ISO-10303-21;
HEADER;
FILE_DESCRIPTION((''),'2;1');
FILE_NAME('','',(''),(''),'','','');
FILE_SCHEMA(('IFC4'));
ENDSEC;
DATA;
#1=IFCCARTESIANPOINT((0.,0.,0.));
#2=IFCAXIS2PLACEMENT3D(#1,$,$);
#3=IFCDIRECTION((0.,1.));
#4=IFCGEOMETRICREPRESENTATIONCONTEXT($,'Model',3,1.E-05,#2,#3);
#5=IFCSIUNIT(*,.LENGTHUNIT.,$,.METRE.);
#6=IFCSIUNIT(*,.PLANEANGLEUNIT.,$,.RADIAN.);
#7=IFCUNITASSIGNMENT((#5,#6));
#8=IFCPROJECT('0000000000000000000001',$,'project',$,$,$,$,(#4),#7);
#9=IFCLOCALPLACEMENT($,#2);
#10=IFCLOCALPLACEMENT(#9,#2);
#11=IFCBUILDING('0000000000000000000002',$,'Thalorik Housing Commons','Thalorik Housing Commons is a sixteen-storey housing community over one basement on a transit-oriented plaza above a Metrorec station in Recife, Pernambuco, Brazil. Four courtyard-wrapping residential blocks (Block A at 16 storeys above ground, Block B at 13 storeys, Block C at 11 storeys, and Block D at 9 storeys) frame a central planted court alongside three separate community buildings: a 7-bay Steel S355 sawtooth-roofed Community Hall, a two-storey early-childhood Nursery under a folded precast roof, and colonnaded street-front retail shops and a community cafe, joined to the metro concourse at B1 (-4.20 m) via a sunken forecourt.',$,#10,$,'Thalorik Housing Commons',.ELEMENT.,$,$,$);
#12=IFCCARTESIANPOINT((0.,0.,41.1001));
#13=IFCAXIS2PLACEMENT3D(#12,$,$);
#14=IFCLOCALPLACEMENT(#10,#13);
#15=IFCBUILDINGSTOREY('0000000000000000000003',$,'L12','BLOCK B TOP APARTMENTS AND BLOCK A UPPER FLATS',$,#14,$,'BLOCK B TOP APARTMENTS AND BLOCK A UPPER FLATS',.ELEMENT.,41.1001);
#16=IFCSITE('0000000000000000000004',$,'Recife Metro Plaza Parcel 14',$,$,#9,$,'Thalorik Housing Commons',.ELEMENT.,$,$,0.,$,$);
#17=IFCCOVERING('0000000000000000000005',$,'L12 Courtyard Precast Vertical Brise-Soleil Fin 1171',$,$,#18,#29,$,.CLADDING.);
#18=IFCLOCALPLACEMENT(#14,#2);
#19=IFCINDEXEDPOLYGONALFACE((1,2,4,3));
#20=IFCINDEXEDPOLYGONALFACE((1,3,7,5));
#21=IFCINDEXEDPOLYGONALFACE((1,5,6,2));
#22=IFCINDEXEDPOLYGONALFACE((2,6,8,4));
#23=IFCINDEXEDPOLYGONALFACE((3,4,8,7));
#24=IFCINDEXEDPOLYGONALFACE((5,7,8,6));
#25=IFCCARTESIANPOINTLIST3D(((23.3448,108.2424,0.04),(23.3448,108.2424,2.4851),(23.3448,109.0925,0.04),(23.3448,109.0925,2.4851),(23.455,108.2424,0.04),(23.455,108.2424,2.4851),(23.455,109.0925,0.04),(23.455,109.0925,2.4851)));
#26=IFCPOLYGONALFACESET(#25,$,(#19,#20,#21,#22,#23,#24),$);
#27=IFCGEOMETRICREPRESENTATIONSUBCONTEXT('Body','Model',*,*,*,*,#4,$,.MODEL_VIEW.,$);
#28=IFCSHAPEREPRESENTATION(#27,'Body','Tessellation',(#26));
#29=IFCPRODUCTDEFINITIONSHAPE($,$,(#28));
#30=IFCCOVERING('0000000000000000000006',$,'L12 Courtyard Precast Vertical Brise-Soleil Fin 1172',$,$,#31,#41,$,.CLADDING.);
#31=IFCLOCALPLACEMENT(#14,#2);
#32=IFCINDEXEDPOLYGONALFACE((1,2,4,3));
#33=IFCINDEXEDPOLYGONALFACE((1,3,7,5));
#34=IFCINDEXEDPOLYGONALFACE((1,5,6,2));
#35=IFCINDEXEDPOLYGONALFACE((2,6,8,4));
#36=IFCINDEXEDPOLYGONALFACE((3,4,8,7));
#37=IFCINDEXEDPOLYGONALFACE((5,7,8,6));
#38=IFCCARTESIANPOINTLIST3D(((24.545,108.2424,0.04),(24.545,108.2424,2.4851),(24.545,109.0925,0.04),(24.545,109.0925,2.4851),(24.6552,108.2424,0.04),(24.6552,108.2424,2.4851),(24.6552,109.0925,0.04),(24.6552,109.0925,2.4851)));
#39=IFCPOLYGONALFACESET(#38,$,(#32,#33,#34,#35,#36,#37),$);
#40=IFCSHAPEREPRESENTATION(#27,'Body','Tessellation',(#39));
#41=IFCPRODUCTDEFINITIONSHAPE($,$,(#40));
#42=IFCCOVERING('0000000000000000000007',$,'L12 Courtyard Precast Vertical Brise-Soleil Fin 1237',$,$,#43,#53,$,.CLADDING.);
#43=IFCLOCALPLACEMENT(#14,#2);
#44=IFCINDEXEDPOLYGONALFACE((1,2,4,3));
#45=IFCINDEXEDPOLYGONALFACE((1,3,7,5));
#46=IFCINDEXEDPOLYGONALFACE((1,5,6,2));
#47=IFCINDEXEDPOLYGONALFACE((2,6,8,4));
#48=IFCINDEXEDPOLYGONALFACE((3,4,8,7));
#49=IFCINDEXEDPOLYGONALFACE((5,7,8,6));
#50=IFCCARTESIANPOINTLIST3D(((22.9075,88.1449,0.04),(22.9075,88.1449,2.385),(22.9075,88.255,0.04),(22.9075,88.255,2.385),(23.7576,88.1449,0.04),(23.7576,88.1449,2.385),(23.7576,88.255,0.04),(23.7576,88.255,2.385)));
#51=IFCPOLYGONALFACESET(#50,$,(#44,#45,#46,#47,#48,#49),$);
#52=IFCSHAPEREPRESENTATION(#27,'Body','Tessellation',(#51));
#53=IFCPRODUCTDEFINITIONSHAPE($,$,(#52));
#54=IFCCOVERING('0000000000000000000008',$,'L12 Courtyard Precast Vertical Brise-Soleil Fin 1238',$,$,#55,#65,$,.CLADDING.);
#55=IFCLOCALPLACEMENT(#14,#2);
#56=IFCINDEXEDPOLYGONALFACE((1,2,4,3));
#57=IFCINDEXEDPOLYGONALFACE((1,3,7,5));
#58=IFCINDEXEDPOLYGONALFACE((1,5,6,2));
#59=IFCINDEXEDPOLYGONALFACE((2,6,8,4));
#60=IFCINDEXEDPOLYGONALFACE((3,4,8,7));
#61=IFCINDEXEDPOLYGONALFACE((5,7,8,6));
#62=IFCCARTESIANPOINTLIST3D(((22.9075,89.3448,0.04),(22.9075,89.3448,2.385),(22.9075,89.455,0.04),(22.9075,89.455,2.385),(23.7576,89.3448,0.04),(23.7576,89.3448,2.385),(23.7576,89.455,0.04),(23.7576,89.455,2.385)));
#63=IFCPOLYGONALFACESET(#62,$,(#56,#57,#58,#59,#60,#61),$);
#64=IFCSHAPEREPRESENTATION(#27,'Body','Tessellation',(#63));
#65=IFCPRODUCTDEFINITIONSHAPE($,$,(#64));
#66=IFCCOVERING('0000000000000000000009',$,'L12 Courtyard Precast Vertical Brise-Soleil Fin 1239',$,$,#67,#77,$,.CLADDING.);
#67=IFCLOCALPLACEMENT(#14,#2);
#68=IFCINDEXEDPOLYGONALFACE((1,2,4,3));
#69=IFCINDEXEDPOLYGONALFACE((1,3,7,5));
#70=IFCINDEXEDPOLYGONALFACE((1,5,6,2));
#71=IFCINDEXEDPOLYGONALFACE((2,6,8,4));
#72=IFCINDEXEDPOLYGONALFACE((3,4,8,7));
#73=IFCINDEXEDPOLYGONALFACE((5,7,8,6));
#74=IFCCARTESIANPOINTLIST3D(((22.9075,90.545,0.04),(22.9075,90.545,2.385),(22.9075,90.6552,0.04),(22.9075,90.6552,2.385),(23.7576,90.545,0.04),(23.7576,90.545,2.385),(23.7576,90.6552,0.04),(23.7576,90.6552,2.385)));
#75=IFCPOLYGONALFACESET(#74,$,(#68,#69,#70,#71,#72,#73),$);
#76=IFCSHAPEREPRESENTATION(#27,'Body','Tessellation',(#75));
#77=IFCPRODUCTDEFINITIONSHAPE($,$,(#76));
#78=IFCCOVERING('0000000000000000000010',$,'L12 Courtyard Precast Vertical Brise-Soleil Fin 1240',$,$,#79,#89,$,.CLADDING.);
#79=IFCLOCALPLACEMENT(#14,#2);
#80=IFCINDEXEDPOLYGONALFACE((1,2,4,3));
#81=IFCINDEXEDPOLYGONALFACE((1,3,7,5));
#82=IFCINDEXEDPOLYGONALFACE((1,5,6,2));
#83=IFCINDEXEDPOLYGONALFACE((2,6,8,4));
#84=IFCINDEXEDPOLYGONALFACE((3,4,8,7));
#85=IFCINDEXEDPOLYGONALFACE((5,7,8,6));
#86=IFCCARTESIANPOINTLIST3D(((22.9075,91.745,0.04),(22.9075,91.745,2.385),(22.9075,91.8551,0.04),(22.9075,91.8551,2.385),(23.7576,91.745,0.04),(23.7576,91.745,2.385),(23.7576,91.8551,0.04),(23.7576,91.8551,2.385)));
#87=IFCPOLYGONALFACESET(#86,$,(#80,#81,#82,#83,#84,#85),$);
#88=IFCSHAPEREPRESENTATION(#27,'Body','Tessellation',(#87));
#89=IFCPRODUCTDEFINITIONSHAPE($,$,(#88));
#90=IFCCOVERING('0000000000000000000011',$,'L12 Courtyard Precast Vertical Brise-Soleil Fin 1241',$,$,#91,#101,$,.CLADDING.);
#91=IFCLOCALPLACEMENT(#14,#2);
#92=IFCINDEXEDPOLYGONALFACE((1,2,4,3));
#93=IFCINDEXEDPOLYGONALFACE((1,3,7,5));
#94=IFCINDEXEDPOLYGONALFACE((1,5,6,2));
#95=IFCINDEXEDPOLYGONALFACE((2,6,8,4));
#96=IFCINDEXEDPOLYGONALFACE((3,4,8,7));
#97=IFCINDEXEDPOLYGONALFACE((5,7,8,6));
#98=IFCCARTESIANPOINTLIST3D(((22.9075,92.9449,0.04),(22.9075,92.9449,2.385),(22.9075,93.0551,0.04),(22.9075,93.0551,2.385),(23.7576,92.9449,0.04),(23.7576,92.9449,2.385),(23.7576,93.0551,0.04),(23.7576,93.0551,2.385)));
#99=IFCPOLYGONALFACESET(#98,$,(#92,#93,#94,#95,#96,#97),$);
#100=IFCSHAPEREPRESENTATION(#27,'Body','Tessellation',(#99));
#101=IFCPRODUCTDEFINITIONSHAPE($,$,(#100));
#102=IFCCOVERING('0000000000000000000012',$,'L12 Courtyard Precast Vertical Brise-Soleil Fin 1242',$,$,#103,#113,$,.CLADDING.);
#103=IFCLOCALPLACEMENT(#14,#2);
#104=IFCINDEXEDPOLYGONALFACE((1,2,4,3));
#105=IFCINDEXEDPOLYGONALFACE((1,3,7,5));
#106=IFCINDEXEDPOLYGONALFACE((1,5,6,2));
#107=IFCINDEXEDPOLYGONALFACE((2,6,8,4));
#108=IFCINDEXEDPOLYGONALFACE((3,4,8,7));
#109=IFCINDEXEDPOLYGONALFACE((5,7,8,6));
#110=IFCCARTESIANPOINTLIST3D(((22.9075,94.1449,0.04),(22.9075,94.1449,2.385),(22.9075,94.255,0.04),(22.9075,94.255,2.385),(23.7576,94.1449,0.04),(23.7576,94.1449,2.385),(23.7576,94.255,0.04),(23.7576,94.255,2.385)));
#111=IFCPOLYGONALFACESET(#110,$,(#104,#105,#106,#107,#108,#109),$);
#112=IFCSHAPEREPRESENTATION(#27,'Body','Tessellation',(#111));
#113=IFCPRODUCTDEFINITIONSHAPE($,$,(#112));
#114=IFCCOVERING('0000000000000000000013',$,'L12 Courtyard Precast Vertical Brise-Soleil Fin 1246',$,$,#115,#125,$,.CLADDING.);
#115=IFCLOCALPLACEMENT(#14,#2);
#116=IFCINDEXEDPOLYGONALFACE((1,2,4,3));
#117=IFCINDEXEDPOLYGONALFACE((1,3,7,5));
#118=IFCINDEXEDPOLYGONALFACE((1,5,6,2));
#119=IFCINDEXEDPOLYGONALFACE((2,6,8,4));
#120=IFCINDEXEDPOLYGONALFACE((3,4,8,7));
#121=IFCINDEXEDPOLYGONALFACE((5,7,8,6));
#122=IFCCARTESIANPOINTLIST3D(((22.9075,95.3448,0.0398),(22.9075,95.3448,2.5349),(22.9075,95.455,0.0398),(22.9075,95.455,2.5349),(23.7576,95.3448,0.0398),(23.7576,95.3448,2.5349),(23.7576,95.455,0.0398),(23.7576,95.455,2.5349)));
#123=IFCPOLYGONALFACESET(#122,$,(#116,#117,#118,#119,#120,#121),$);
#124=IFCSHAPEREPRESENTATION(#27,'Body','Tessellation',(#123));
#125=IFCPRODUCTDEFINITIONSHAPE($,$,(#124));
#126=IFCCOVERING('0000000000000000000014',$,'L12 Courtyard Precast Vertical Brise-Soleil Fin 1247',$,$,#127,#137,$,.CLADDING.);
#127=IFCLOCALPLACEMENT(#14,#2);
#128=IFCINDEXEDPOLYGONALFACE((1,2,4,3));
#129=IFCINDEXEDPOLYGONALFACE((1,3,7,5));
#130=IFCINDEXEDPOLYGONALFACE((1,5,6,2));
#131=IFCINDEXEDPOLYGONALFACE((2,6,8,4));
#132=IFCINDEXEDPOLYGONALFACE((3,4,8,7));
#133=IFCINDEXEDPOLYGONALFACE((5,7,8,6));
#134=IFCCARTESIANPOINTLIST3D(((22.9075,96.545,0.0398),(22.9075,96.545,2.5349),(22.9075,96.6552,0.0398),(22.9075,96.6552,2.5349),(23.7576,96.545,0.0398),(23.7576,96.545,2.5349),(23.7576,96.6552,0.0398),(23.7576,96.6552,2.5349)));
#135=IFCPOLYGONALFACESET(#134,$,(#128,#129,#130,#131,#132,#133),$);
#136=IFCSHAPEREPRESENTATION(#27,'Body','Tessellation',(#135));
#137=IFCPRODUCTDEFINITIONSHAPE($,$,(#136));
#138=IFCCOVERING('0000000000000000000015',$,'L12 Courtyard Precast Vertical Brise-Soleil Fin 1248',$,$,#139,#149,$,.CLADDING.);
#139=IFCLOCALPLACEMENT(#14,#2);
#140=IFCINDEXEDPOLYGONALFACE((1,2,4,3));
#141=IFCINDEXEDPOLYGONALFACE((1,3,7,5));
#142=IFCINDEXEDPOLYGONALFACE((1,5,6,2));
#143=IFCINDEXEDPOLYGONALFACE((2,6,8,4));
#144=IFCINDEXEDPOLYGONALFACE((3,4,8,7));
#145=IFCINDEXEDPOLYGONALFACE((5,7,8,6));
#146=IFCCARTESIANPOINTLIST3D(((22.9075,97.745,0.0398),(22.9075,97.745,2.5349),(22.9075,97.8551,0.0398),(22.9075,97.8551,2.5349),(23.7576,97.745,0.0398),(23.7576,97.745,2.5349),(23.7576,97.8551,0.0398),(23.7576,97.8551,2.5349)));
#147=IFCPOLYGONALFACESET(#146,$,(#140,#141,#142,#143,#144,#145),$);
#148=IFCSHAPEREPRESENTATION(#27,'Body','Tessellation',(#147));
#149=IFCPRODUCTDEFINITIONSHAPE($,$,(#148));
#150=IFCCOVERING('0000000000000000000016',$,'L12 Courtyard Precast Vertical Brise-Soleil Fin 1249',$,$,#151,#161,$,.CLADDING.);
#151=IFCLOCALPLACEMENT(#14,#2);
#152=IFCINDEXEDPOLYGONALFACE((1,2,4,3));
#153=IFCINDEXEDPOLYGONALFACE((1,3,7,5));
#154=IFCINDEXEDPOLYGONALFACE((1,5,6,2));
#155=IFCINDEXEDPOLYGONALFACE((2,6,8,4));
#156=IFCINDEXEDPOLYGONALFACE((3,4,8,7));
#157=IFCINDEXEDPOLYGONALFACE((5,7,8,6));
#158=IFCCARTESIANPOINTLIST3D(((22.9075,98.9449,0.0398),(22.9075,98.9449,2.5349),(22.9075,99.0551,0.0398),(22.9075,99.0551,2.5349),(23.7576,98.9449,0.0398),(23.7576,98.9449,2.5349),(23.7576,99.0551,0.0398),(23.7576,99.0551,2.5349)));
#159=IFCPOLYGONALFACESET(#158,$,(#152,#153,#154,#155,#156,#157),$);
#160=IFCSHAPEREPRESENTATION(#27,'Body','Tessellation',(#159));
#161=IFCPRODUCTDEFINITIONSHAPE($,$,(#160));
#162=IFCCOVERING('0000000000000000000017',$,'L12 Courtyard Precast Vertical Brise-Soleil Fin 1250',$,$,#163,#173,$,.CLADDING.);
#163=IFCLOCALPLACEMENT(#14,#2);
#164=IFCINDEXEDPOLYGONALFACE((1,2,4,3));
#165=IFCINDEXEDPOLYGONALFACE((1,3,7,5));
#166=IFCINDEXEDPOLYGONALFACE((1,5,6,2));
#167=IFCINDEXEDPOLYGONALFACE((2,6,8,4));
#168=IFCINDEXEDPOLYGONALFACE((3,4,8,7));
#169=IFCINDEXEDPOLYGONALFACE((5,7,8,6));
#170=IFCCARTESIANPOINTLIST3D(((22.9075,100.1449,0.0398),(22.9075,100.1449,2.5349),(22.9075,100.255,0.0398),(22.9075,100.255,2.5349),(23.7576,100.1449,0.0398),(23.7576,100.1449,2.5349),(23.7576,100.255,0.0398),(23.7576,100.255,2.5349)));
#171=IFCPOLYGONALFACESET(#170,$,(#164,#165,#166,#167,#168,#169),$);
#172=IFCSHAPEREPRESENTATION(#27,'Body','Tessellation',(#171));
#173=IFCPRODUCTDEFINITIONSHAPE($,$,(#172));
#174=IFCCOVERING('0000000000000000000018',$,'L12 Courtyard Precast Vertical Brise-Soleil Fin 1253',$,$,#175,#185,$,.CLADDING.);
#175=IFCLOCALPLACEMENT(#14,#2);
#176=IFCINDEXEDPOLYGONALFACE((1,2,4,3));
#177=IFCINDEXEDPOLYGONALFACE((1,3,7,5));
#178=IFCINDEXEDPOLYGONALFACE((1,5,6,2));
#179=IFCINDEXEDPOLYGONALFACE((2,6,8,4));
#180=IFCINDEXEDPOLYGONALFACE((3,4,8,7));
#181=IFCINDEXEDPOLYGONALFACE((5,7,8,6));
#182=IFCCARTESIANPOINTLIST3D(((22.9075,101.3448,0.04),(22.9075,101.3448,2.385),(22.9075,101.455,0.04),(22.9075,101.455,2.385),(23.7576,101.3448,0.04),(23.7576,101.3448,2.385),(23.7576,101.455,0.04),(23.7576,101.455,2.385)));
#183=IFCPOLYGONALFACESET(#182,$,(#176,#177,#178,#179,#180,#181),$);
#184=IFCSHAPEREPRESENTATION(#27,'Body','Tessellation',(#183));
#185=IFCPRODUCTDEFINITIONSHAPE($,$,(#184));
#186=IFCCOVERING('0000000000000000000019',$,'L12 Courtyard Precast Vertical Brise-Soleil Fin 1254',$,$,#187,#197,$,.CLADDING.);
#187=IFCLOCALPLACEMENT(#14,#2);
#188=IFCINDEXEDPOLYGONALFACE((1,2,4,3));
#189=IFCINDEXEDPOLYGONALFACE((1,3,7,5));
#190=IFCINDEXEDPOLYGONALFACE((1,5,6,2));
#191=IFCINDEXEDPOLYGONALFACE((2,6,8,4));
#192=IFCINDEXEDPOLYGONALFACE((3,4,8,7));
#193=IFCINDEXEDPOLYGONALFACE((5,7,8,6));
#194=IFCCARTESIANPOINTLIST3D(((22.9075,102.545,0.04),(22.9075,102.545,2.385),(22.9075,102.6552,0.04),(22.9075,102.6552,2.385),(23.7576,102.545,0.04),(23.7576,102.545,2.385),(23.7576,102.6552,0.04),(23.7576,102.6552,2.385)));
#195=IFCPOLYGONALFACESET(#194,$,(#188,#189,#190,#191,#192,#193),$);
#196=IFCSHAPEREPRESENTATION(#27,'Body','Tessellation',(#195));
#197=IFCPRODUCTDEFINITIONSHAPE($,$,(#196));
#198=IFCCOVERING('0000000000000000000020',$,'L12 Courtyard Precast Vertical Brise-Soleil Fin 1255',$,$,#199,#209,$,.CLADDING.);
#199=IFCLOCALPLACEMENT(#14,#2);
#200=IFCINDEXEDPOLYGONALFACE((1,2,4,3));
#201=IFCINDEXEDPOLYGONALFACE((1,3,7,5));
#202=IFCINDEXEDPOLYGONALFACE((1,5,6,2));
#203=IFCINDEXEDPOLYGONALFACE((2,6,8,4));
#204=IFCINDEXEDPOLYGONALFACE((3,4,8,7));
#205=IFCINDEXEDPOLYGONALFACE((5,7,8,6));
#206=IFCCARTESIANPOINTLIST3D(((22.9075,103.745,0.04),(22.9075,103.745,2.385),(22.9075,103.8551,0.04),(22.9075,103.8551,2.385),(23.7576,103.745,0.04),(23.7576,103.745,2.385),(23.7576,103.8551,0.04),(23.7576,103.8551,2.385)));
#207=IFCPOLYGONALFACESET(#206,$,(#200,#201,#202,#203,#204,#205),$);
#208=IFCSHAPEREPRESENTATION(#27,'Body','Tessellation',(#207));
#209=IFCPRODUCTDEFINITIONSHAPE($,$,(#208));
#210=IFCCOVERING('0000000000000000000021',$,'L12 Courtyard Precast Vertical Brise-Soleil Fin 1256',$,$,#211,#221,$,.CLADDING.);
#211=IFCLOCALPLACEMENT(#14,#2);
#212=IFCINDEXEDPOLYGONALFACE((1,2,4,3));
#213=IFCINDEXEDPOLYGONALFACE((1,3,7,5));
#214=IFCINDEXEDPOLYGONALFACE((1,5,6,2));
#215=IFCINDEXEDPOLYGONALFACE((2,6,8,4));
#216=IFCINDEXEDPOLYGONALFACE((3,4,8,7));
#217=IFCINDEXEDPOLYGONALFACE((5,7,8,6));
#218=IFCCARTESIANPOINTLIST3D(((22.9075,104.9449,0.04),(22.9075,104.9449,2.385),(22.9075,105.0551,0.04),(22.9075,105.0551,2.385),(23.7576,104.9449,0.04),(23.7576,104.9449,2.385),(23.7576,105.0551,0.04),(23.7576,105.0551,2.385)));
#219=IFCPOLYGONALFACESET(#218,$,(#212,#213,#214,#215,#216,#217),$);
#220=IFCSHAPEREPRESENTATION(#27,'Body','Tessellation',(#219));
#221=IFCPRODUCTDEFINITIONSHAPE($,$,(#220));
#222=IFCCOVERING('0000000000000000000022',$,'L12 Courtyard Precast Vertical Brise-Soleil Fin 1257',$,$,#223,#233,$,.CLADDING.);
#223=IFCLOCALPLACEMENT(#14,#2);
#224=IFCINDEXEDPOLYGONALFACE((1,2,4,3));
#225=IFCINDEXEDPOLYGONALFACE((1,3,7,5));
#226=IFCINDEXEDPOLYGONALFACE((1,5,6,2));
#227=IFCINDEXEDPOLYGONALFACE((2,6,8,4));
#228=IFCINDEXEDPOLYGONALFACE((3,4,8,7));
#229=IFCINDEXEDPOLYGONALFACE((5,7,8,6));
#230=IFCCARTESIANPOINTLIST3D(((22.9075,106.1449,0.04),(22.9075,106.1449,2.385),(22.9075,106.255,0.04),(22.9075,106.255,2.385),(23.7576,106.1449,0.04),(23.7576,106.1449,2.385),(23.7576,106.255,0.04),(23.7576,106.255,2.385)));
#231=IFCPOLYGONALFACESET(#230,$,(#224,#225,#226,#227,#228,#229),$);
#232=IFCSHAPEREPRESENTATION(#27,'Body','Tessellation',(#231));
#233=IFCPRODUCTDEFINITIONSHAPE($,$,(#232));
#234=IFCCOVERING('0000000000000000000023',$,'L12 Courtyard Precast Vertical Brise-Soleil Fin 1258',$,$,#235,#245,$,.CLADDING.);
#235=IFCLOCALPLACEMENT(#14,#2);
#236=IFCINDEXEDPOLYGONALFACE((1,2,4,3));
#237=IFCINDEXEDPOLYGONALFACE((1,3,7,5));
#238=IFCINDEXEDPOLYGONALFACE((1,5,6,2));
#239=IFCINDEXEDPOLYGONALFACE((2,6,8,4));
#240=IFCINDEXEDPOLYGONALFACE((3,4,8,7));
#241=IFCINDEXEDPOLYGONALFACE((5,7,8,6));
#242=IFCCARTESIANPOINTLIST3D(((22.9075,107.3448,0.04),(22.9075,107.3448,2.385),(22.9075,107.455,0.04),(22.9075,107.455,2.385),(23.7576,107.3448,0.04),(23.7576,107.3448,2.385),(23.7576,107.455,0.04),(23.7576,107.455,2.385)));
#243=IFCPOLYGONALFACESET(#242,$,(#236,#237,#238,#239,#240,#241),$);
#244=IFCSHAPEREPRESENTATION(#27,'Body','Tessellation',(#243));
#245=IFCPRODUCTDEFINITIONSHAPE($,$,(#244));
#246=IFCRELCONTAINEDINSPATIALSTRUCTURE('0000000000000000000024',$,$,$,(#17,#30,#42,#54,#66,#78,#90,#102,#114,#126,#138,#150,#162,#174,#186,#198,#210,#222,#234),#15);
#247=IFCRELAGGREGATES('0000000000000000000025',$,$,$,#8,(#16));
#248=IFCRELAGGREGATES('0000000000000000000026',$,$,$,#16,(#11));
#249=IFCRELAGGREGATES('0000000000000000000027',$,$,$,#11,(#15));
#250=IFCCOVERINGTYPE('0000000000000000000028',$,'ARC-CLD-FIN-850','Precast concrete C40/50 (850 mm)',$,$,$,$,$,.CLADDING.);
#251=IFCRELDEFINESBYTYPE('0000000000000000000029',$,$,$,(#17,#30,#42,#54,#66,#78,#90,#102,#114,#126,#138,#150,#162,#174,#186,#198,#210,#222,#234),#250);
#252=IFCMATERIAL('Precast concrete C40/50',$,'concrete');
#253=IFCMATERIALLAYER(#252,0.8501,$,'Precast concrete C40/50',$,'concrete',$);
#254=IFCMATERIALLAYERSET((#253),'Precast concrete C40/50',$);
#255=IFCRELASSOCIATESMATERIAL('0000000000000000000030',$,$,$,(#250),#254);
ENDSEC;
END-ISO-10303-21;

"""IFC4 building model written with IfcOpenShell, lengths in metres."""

from ifc_helpers import new_model, si_unit, direction, frame, origin, origin_2d, place, context, subcontext, project, spatial, rectangle, extrude, material, layer, layer_set, type_object, element, save


model = new_model("IFC4")

# Units and contexts
model_context = context("Model", 3, precision=1e-05, world=origin(), true_north=direction((0.0, 1.0)))
body_context = subcontext(model_context, "Body", "Model", "MODEL_VIEW")
ifc_project = project(units=[si_unit("LENGTHUNIT", "METRE"), si_unit("PLANEANGLEUNIT", "RADIAN")], contexts=[model_context])

# Site, building, storey
site_placement = place(None, origin())
site = spatial("IfcSite", under=ifc_project, at=site_placement, Name="Recife Metro Plaza Parcel 14", LongName="Thalorik Housing Commons", CompositionType="ELEMENT", RefElevation=0.0)
building_placement = place(site_placement, origin())
building = spatial("IfcBuilding", under=site, at=building_placement, Name="Thalorik Housing Commons", Description="Thalorik Housing Commons is a sixteen-storey housing community over one basement on a transit-oriented plaza above a Metrorec station in Recife, Pernambuco, Brazil. Four courtyard-wrapping residential blocks (Block A at 16 storeys above ground, Block B at 13 storeys, Block C at 11 storeys, and Block D at 9 storeys) frame a central planted court alongside three separate community buildings: a 7-bay Steel S355 sawtooth-roofed Community Hall, a two-storey early-childhood Nursery under a folded precast roof, and colonnaded street-front retail shops and a community cafe, joined to the metro concourse at B1 (-4.20 m) via a sunken forecourt.", LongName="Thalorik Housing Commons", CompositionType="ELEMENT")
storey_placement = place(building_placement, frame((0.0, 0.0, 41.1001)))
storey = spatial("IfcBuildingStorey", under=building, at=storey_placement, Name="L12", Description="BLOCK B TOP APARTMENTS AND BLOCK A UPPER FLATS", LongName="BLOCK B TOP APARTMENTS AND BLOCK A UPPER FLATS", CompositionType="ELEMENT", Elevation=41.1001)

# Coverings
ifc_material = material(Name="Precast concrete C40/50", Category="concrete")
ifc_layer_1 = layer(ifc_material, 0.8501, Name="Precast concrete C40/50", Category="concrete")
ifc_layer_set_1 = layer_set([ifc_layer_1], Name="Precast concrete C40/50")
covering_type_1 = type_object("IfcCoveringType", Name="ARC-CLD-FIN-850", Description="Precast concrete C40/50 (850 mm)", PredefinedType="CLADDING", material=ifc_layer_set_1)
for number, where, z_axis, x_axis, name in (
    (1, (23.3999, 108.6675, 0.04), (0.0, 0.0, 1.0), (1.0, 0.0, 0.0), "L12 Courtyard Precast Vertical Brise-Soleil Fin 1171"),
    (2, (24.6001, 108.6675, 0.04), (0.0, 0.0, 1.0), (1.0, 0.0, 0.0), "L12 Courtyard Precast Vertical Brise-Soleil Fin 1172"),
):
    element("IfcCovering", number, at=place(storey_placement, frame(where, z_axis=z_axis, x_axis=x_axis)), inside=storey, type_object=covering_type_1, Name=name, PredefinedType="CLADDING", context=body_context, shape_type="SweptSolid", body=[
        extrude(rectangle(XDim=0.1101, YDim=0.8501, at=origin_2d()), origin(), (0.0, 0.0, 1.0), 2.4451),
    ])
for number, where, z_axis, x_axis, name in (
    (3, (23.3325, 88.2, 0.04), (0.0, 0.0, 1.0), (0.0, 1.0, 0.0), "L12 Courtyard Precast Vertical Brise-Soleil Fin 1237"),
    (4, (23.3325, 89.3999, 0.04), (0.0, 0.0, 1.0), (0.0, 1.0, 0.0), "L12 Courtyard Precast Vertical Brise-Soleil Fin 1238"),
    (5, (23.3325, 90.6001, 0.04), (0.0, 0.0, 1.0), (0.0, 1.0, 0.0), "L12 Courtyard Precast Vertical Brise-Soleil Fin 1239"),
    (6, (23.3325, 91.8, 0.04), (0.0, 0.0, 1.0), (0.0, 1.0, 0.0), "L12 Courtyard Precast Vertical Brise-Soleil Fin 1240"),
    (7, (23.3325, 93.0, 0.04), (0.0, 0.0, 1.0), (0.0, 1.0, 0.0), "L12 Courtyard Precast Vertical Brise-Soleil Fin 1241"),
    (8, (23.3325, 94.2, 0.04), (0.0, 0.0, 1.0), (0.0, 1.0, 0.0), "L12 Courtyard Precast Vertical Brise-Soleil Fin 1242"),
):
    element("IfcCovering", number, at=place(storey_placement, frame(where, z_axis=z_axis, x_axis=x_axis)), inside=storey, type_object=covering_type_1, Name=name, PredefinedType="CLADDING", context=body_context, shape_type="SweptSolid", body=[
        extrude(rectangle(XDim=0.1101, YDim=0.8501, at=origin_2d()), origin(), (0.0, 0.0, 1.0), 2.345),
    ])
for number, where, z_axis, x_axis, name in (
    (9, (23.3325, 95.3999, 0.0398), (0.0, 0.0, 1.0), (0.0, 1.0, 0.0), "L12 Courtyard Precast Vertical Brise-Soleil Fin 1246"),
    (10, (23.3325, 96.6001, 0.0398), (0.0, 0.0, 1.0), (0.0, 1.0, 0.0), "L12 Courtyard Precast Vertical Brise-Soleil Fin 1247"),
    (11, (23.3325, 97.8, 0.0398), (0.0, 0.0, 1.0), (0.0, 1.0, 0.0), "L12 Courtyard Precast Vertical Brise-Soleil Fin 1248"),
    (12, (23.3325, 99.0, 0.0398), (0.0, 0.0, 1.0), (0.0, 1.0, 0.0), "L12 Courtyard Precast Vertical Brise-Soleil Fin 1249"),
    (13, (23.3325, 100.2, 0.0398), (0.0, 0.0, 1.0), (0.0, 1.0, 0.0), "L12 Courtyard Precast Vertical Brise-Soleil Fin 1250"),
):
    element("IfcCovering", number, at=place(storey_placement, frame(where, z_axis=z_axis, x_axis=x_axis)), inside=storey, type_object=covering_type_1, Name=name, PredefinedType="CLADDING", context=body_context, shape_type="SweptSolid", body=[
        extrude(rectangle(XDim=0.1101, YDim=0.8501, at=origin_2d()), origin(), (0.0, 0.0, 1.0), 2.4951),
    ])
for number, where, z_axis, x_axis, name in (
    (14, (23.3325, 101.3999, 0.04), (0.0, 0.0, 1.0), (0.0, 1.0, 0.0), "L12 Courtyard Precast Vertical Brise-Soleil Fin 1253"),
    (15, (23.3325, 102.6001, 0.04), (0.0, 0.0, 1.0), (0.0, 1.0, 0.0), "L12 Courtyard Precast Vertical Brise-Soleil Fin 1254"),
    (16, (23.3325, 103.8, 0.04), (0.0, 0.0, 1.0), (0.0, 1.0, 0.0), "L12 Courtyard Precast Vertical Brise-Soleil Fin 1255"),
    (17, (23.3325, 105.0, 0.04), (0.0, 0.0, 1.0), (0.0, 1.0, 0.0), "L12 Courtyard Precast Vertical Brise-Soleil Fin 1256"),
    (18, (23.3325, 106.2, 0.04), (0.0, 0.0, 1.0), (0.0, 1.0, 0.0), "L12 Courtyard Precast Vertical Brise-Soleil Fin 1257"),
    (19, (23.3325, 107.3999, 0.04), (0.0, 0.0, 1.0), (0.0, 1.0, 0.0), "L12 Courtyard Precast Vertical Brise-Soleil Fin 1258"),
):
    element("IfcCovering", number, at=place(storey_placement, frame(where, z_axis=z_axis, x_axis=x_axis)), inside=storey, type_object=covering_type_1, Name=name, PredefinedType="CLADDING", context=body_context, shape_type="SweptSolid", body=[
        extrude(rectangle(XDim=0.1101, YDim=0.8501, at=origin_2d()), origin(), (0.0, 0.0, 1.0), 2.345),
    ])

save(model, "model.ifc")
